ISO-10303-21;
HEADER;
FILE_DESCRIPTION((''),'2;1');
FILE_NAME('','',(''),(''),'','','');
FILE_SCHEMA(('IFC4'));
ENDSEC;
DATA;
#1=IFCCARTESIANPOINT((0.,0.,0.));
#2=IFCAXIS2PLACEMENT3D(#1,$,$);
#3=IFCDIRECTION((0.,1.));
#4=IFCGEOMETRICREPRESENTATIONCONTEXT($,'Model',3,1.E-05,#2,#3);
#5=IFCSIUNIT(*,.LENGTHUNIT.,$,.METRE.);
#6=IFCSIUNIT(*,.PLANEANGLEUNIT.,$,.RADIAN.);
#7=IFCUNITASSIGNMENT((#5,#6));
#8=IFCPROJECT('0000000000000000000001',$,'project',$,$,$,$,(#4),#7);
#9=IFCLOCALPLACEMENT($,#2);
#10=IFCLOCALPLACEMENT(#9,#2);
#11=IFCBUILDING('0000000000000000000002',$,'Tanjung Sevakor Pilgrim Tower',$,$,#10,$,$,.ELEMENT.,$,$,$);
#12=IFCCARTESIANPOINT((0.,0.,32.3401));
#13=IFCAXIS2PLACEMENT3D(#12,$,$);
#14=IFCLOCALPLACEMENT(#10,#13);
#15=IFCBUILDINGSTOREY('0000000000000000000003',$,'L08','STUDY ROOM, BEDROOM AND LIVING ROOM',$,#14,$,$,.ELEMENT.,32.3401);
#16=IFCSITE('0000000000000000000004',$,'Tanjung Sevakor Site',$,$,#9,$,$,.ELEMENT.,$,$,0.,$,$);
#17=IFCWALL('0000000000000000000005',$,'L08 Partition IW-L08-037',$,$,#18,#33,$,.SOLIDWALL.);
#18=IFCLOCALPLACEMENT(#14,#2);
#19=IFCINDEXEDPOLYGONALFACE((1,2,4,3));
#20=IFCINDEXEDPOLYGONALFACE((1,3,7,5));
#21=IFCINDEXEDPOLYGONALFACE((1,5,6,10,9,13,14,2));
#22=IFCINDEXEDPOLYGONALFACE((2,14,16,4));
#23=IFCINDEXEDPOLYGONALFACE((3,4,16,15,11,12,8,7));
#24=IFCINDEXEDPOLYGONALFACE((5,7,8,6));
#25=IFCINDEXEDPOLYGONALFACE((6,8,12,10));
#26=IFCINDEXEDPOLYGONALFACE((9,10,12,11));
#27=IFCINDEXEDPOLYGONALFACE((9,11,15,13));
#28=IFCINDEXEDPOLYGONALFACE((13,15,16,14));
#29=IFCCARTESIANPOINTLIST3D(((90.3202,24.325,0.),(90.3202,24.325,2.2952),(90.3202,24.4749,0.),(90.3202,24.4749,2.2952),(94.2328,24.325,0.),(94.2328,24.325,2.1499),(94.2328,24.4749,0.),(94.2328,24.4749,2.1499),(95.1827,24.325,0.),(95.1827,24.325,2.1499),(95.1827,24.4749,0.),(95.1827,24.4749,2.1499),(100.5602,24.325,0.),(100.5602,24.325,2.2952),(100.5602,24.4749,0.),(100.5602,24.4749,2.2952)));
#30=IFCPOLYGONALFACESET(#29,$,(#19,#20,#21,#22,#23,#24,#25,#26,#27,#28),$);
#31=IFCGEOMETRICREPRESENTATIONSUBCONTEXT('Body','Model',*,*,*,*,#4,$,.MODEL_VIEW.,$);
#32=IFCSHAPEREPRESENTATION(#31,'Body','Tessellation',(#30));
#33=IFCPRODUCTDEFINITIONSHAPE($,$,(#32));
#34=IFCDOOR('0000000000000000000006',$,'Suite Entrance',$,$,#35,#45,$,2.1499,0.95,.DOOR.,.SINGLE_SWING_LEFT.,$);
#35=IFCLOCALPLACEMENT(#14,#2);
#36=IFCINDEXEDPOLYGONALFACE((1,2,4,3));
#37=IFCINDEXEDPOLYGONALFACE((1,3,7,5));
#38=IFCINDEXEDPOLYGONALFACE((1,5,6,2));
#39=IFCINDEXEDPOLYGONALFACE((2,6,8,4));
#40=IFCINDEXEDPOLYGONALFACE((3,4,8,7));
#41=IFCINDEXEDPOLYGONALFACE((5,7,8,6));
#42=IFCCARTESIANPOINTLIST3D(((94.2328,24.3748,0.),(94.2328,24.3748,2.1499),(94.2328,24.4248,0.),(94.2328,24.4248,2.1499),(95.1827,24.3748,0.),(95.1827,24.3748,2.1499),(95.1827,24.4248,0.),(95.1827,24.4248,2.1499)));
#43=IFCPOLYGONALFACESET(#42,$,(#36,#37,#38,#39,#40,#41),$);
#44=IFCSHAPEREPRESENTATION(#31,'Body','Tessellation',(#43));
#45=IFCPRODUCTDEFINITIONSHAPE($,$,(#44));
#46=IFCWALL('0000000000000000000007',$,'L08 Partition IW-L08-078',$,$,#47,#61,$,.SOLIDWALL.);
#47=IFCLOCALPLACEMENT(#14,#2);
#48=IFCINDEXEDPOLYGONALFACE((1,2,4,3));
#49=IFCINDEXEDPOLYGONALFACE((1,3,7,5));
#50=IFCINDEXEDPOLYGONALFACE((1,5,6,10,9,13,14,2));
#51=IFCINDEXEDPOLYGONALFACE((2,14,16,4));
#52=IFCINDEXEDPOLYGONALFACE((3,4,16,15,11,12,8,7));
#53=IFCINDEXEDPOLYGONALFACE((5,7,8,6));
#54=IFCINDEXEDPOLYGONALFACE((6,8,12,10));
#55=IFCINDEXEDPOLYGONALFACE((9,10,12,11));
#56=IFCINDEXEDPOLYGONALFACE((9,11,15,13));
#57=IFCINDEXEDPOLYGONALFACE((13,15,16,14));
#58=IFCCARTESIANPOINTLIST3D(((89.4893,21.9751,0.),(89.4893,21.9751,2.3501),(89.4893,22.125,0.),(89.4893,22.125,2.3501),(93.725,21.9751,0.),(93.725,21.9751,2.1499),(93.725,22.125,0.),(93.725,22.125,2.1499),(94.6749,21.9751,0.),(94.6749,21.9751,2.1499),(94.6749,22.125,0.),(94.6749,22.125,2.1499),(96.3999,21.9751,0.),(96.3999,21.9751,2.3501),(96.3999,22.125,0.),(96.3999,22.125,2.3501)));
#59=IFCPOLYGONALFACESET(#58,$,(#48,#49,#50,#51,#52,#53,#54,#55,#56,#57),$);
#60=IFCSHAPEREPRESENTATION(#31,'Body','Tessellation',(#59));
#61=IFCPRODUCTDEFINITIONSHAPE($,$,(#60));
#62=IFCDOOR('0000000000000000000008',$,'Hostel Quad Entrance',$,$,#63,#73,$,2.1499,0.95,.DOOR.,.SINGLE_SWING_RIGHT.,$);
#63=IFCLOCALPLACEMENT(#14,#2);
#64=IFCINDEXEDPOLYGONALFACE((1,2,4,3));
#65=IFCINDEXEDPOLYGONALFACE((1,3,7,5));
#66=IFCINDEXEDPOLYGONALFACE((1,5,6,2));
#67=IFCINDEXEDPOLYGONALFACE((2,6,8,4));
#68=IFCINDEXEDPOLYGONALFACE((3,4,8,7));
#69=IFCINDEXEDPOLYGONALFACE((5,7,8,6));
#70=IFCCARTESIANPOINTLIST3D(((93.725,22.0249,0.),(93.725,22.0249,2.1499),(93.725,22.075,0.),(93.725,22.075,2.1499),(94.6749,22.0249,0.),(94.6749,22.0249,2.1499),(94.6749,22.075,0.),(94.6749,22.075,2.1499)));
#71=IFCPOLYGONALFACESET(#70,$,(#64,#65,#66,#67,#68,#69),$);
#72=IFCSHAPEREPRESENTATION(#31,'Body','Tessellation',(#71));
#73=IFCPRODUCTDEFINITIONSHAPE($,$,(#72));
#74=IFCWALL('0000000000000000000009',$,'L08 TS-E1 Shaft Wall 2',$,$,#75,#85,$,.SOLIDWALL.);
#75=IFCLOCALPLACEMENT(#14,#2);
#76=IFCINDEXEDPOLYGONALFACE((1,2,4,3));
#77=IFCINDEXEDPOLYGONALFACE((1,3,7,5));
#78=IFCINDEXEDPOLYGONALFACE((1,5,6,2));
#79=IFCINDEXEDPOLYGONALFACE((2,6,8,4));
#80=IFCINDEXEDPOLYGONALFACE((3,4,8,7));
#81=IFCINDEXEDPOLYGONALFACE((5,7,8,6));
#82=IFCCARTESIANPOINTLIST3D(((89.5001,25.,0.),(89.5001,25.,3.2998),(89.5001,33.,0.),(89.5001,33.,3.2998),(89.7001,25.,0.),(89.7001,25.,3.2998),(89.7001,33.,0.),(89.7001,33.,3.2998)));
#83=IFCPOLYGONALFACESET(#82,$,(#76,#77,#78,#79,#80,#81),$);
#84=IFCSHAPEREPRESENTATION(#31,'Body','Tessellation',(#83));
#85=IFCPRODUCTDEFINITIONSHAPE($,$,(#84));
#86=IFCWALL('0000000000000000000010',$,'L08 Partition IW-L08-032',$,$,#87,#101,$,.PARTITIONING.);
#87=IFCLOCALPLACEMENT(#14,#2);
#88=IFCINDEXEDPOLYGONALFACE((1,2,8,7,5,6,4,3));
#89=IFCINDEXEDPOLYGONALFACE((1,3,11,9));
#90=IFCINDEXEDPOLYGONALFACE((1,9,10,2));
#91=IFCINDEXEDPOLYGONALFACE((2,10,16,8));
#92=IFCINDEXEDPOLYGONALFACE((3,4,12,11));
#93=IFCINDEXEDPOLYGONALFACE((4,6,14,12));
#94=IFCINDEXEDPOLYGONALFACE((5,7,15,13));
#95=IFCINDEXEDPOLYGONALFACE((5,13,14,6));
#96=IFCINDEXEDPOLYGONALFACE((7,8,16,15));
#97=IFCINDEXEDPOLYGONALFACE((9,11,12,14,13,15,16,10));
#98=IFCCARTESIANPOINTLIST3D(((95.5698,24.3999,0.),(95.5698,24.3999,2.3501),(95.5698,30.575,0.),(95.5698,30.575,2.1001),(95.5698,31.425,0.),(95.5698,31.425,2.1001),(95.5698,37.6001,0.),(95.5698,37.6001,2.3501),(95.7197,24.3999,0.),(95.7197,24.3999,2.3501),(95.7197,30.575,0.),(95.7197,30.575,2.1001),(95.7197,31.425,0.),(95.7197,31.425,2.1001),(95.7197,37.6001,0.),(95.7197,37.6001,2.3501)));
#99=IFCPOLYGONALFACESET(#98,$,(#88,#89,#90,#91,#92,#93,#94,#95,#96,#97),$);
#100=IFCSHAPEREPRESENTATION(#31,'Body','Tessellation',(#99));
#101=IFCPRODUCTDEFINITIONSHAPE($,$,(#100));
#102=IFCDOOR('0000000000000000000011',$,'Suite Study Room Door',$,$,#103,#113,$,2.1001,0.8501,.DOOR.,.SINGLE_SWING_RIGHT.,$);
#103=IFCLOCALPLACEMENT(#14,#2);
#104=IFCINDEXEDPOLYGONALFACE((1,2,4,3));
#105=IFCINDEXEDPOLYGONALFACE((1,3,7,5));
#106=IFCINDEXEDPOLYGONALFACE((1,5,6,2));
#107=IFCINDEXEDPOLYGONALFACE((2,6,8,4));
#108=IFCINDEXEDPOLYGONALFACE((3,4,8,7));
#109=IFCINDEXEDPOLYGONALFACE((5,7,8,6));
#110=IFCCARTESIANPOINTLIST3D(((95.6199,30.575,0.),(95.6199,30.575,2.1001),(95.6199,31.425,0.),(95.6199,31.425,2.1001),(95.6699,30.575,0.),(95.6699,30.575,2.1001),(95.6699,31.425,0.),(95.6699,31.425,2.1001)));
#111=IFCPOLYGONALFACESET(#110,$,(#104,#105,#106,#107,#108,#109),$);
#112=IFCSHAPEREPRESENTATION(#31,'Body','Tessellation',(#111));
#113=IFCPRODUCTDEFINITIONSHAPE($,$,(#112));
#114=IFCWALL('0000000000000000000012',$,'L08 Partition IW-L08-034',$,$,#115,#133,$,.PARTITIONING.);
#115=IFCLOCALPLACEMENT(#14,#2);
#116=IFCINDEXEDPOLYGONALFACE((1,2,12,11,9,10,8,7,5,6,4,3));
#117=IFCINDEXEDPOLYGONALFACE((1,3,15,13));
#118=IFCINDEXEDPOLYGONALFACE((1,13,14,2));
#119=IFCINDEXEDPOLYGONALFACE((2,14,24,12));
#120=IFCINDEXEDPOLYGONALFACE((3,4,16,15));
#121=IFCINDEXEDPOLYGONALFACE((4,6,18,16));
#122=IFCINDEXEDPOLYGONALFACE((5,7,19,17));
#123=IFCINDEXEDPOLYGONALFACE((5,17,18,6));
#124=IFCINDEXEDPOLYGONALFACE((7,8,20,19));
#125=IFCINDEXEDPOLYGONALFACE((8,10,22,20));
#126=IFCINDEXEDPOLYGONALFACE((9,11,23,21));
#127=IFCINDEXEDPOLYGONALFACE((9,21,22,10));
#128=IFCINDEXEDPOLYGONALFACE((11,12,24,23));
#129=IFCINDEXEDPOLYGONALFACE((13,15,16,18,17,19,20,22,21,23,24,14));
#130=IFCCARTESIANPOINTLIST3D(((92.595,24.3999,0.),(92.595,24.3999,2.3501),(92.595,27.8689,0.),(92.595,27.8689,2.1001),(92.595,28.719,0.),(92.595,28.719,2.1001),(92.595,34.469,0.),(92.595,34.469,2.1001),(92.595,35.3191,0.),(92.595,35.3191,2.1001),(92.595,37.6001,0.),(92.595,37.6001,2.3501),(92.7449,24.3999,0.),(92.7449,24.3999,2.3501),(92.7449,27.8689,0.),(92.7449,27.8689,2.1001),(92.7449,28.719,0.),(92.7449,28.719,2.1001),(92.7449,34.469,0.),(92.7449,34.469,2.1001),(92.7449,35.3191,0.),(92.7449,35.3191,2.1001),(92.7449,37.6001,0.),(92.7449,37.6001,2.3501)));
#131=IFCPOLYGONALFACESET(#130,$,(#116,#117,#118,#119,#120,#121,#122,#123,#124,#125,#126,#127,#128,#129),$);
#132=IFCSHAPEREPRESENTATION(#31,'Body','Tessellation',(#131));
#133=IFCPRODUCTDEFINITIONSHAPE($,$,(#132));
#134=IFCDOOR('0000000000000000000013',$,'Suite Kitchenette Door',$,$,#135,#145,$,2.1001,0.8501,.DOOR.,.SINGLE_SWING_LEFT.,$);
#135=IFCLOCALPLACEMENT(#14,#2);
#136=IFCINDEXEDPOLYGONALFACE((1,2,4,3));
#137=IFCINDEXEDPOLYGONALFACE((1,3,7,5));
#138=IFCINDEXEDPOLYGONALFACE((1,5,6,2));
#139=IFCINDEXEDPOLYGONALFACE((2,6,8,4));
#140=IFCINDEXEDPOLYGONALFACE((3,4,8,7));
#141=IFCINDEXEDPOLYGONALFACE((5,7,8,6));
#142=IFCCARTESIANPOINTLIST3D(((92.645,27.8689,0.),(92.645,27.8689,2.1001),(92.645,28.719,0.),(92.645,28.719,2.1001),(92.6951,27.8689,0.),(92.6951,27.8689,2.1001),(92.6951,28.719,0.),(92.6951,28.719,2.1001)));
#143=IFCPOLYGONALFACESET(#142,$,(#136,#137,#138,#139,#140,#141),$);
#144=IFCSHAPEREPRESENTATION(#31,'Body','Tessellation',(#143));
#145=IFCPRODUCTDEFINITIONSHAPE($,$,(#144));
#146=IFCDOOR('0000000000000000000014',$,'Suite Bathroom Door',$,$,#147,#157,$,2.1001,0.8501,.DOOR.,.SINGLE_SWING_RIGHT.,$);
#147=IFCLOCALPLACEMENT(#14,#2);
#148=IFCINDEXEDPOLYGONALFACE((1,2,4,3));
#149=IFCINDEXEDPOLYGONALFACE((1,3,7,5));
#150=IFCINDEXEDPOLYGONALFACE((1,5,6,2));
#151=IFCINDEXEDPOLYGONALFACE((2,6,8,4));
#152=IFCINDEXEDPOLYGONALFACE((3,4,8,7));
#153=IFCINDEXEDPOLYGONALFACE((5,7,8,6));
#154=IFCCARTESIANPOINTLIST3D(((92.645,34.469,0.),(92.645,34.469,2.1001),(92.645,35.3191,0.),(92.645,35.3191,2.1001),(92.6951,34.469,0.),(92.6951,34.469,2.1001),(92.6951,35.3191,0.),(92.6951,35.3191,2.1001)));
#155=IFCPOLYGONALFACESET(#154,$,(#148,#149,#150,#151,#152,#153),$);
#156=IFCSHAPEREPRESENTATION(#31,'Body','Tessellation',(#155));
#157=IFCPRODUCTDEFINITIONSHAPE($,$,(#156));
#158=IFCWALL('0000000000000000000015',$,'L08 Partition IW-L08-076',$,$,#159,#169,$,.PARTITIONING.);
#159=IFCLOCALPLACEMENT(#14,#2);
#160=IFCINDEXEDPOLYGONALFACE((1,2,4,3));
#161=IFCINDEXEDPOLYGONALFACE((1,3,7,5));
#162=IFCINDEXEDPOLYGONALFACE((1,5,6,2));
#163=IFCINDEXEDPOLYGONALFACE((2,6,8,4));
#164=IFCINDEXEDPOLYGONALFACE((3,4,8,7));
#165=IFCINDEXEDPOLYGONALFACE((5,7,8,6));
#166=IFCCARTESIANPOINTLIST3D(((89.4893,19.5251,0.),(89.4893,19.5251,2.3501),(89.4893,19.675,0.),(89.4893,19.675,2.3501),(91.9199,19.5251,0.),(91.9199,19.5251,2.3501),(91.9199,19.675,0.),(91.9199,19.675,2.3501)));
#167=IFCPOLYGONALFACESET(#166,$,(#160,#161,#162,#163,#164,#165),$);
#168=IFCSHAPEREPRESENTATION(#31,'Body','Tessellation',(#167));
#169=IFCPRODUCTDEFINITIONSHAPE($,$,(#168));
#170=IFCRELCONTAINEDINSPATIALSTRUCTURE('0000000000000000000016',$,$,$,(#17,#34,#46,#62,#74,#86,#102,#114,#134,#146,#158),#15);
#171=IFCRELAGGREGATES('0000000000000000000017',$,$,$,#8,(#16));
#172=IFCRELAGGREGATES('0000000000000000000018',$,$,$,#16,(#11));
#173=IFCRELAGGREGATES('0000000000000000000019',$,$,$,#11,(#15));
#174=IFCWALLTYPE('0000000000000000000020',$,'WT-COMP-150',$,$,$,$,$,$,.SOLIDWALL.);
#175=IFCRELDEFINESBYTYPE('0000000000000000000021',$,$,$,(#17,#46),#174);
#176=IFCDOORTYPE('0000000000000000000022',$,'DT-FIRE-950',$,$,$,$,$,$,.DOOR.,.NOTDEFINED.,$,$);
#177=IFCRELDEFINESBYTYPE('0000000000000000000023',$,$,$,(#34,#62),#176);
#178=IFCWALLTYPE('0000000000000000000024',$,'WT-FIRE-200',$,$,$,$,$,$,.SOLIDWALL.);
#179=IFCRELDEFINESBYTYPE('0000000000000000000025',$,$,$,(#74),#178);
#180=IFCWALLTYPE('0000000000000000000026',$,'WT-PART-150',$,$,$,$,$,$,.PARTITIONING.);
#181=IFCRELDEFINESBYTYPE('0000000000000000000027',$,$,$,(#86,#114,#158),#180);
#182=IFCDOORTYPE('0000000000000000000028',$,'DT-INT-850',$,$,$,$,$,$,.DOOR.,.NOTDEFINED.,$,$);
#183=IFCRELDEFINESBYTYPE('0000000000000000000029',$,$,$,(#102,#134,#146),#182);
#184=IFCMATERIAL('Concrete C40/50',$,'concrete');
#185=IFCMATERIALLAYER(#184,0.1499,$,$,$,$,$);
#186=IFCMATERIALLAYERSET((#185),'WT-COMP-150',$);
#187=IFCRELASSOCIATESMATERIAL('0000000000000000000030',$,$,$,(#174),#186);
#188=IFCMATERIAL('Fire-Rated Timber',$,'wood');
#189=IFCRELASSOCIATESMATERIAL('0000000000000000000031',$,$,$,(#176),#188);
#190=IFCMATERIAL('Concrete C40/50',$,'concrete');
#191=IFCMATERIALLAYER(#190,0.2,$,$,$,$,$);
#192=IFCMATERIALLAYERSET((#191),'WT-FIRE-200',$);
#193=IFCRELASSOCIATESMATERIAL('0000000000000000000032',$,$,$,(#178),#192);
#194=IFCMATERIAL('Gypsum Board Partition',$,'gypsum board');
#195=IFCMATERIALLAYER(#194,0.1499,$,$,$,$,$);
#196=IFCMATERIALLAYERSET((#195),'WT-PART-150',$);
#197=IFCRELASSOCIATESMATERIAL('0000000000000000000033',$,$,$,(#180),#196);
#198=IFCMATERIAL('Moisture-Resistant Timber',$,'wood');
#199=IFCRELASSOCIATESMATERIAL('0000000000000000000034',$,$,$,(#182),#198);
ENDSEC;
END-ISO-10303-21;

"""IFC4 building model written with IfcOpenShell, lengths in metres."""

from ifc_helpers import new_model, si_unit, direction, frame, frame_2d, origin, place, context, subcontext, project, spatial, rectangle, extrude, material, layer, layer_set, type_object, element, fill, save


model = new_model("IFC4")

# Units and contexts
model_context = context("Model", 3, precision=1e-05, world=origin(), true_north=direction((0.0, 1.0)))
body_context = subcontext(model_context, "Body", "Model", "MODEL_VIEW")
ifc_project = project(units=[si_unit("LENGTHUNIT", "METRE"), si_unit("PLANEANGLEUNIT", "RADIAN")], contexts=[model_context])

# Site, building, storey
site_placement = place(None, origin())
site = spatial("IfcSite", under=ifc_project, at=site_placement, Name="Tanjung Sevakor Site", CompositionType="ELEMENT", RefElevation=0.0)
building_placement = place(site_placement, origin())
building = spatial("IfcBuilding", under=site, at=building_placement, Name="Tanjung Sevakor Pilgrim Tower", CompositionType="ELEMENT")
storey_placement = place(building_placement, frame((0.0, 0.0, 32.3401)))
storey = spatial("IfcBuildingStorey", under=building, at=storey_placement, Name="L08", Description="STUDY ROOM, BEDROOM AND LIVING ROOM", CompositionType="ELEMENT", Elevation=32.3401)

# Walls, openings, doors
ifc_material_1 = material(Name="Concrete C40/50", Category="concrete")
ifc_layer_1 = layer(ifc_material_1, 0.1499)
ifc_layer_set_1 = layer_set([ifc_layer_1], Name="WT-COMP-150")
wall_type_1 = type_object("IfcWallType", Name="WT-COMP-150", PredefinedType="SOLIDWALL", material=ifc_layer_set_1)
wall_1_placement = place(storey_placement, frame((90.3201, 24.3999, 0.0), z_axis=(0.0, 0.0, 1.0), x_axis=(1.0, 0.0, 0.0)))
wall_1 = element("IfcWall", 1, at=wall_1_placement, inside=storey, type_object=wall_type_1, Name="L08 Partition IW-L08-037", PredefinedType="SOLIDWALL", context=body_context, shape_type="SweptSolid", body=[
    extrude(rectangle(XDim=10.24, YDim=0.1499, at=frame_2d((5.1201, 0.0))), origin(), (0.0, 0.0, 1.0), 2.2952),
])
opening_1_placement = place(wall_1_placement, frame((3.9126, 0.0, 0.0)))
opening_1 = element("IfcOpeningElement", 2, at=opening_1_placement, cuts=wall_1, PredefinedType="OPENING", context=body_context, shape_type="SweptSolid", body=[
    extrude(rectangle(XDim=0.95, YDim=2.1499, at=frame_2d((0.4751, 1.075))), frame((0.0, 0.085, 0.0), z_axis=(0.0, -1.0, 0.0), x_axis=(1.0, 0.0, 0.0)), (0.0, 0.0, 1.0), 0.1699),
])
ifc_material_2 = material(Name="Fire-Rated Timber", Category="wood")
door_type_1 = type_object("IfcDoorType", Name="DT-FIRE-950", OperationType="NOTDEFINED", PredefinedType="DOOR", material=ifc_material_2)
door_1_placement = place(opening_1_placement, origin())
door_1 = element("IfcDoor", 3, at=door_1_placement, inside=storey, type_object=door_type_1, Name="Suite Entrance", OperationType="SINGLE_SWING_LEFT", OverallHeight=2.1499, OverallWidth=0.95, PredefinedType="DOOR", context=body_context, shape_type="SweptSolid", body=[
    extrude(rectangle(XDim=0.95, YDim=2.1499, at=frame_2d((0.4751, 1.075))), frame((0.0, 0.0249, 0.0), z_axis=(0.0, -1.0, 0.0), x_axis=(1.0, 0.0, 0.0)), (0.0, 0.0, 1.0), 0.05),
])
fill(opening_1, door_1)
wall_2_placement = place(storey_placement, frame((89.4893, 22.05, 0.0), z_axis=(0.0, 0.0, 1.0), x_axis=(1.0, 0.0, 0.0)))
wall_2 = element("IfcWall", 4, at=wall_2_placement, inside=storey, type_object=wall_type_1, Name="L08 Partition IW-L08-078", PredefinedType="SOLIDWALL", context=body_context, shape_type="SweptSolid", body=[
    extrude(rectangle(XDim=6.9106, YDim=0.1499, at=frame_2d((3.4553, 0.0))), origin(), (0.0, 0.0, 1.0), 2.3501),
])
opening_2_placement = place(wall_2_placement, frame((4.2356, 0.0, 0.0)))
opening_2 = element("IfcOpeningElement", 5, at=opening_2_placement, cuts=wall_2, PredefinedType="OPENING", context=body_context, shape_type="SweptSolid", body=[
    extrude(rectangle(XDim=0.95, YDim=2.1499, at=frame_2d((0.4751, 1.075))), frame((0.0, 0.085, 0.0), z_axis=(0.0, -1.0, 0.0), x_axis=(1.0, 0.0, 0.0)), (0.0, 0.0, 1.0), 0.1699),
])
door_2_placement = place(opening_2_placement, origin())
door_2 = element("IfcDoor", 6, at=door_2_placement, inside=storey, type_object=door_type_1, Name="Hostel Quad Entrance", OperationType="SINGLE_SWING_RIGHT", OverallHeight=2.1499, OverallWidth=0.95, PredefinedType="DOOR", context=body_context, shape_type="SweptSolid", body=[
    extrude(rectangle(XDim=0.95, YDim=2.1499, at=frame_2d((0.4751, 1.075))), frame((0.0, 0.0249, 0.0), z_axis=(0.0, -1.0, 0.0), x_axis=(1.0, 0.0, 0.0)), (0.0, 0.0, 1.0), 0.05),
])
fill(opening_2, door_2)

# Wall
ifc_material_3 = material(Name="Concrete C40/50", Category="concrete")
ifc_layer_2 = layer(ifc_material_3, 0.2)
ifc_layer_set_2 = layer_set([ifc_layer_2], Name="WT-FIRE-200")
wall_type_2 = type_object("IfcWallType", Name="WT-FIRE-200", PredefinedType="SOLIDWALL", material=ifc_layer_set_2)
wall_3_placement = place(storey_placement, frame((89.6001, 25.0, 0.0), z_axis=(0.0, 0.0, 1.0), x_axis=(0.0, 1.0, 0.0)))
element("IfcWall", 7, at=wall_3_placement, inside=storey, type_object=wall_type_2, Name="L08 TS-E1 Shaft Wall 2", PredefinedType="SOLIDWALL", context=body_context, shape_type="SweptSolid", body=[
    extrude(rectangle(XDim=8.0, YDim=0.2, at=frame_2d((4.0, 0.0))), origin(), (0.0, 0.0, 1.0), 3.2998),
])

# Wall, opening, door
ifc_material_4 = material(Name="Gypsum Board Partition", Category="gypsum board")
ifc_layer_3 = layer(ifc_material_4, 0.1499)
ifc_layer_set_3 = layer_set([ifc_layer_3], Name="WT-PART-150")
wall_type_3 = type_object("IfcWallType", Name="WT-PART-150", PredefinedType="PARTITIONING", material=ifc_layer_set_3)
wall_4_placement = place(storey_placement, frame((95.6448, 24.3999, 0.0), z_axis=(0.0, 0.0, 1.0), x_axis=(0.0, 1.0, 0.0)))
wall_4 = element("IfcWall", 8, at=wall_4_placement, inside=storey, type_object=wall_type_3, Name="L08 Partition IW-L08-032", PredefinedType="PARTITIONING", context=body_context, shape_type="SweptSolid", body=[
    extrude(rectangle(XDim=13.2002, YDim=0.1499, at=frame_2d((6.6001, 0.0))), origin(), (0.0, 0.0, 1.0), 2.3501),
])
opening_3_placement = place(wall_4_placement, frame((6.175, 0.0, 0.0)))
opening_3 = element("IfcOpeningElement", 9, at=opening_3_placement, cuts=wall_4, PredefinedType="OPENING", context=body_context, shape_type="SweptSolid", body=[
    extrude(rectangle(XDim=0.8501, YDim=2.1001, at=frame_2d((0.425, 1.05))), frame((0.0, 0.085, 0.0), z_axis=(0.0, -1.0, 0.0), x_axis=(1.0, 0.0, 0.0)), (0.0, 0.0, 1.0), 0.1699),
])
ifc_material_5 = material(Name="Moisture-Resistant Timber", Category="wood")
door_type_2 = type_object("IfcDoorType", Name="DT-INT-850", OperationType="NOTDEFINED", PredefinedType="DOOR", material=ifc_material_5)
door_3_placement = place(opening_3_placement, origin())
door_3 = element("IfcDoor", 10, at=door_3_placement, inside=storey, type_object=door_type_2, Name="Suite Study Room Door", OperationType="SINGLE_SWING_RIGHT", OverallHeight=2.1001, OverallWidth=0.8501, PredefinedType="DOOR", context=body_context, shape_type="SweptSolid", body=[
    extrude(rectangle(XDim=0.8501, YDim=2.1001, at=frame_2d((0.425, 1.05))), frame((0.0, 0.0249, 0.0), z_axis=(0.0, -1.0, 0.0), x_axis=(1.0, 0.0, 0.0)), (0.0, 0.0, 1.0), 0.05),
])
fill(opening_3, door_3)

# Wall, openings, doors
wall_5_placement = place(storey_placement, frame((92.6699, 24.3999, 0.0), z_axis=(0.0, 0.0, 1.0), x_axis=(0.0, 1.0, 0.0)))
wall_5 = element("IfcWall", 11, at=wall_5_placement, inside=storey, type_object=wall_type_3, Name="L08 Partition IW-L08-034", PredefinedType="PARTITIONING", context=body_context, shape_type="SweptSolid", body=[
    extrude(rectangle(XDim=13.2002, YDim=0.1499, at=frame_2d((6.6001, 0.0))), origin(), (0.0, 0.0, 1.0), 2.3501),
])
opening_4_placement = place(wall_5_placement, frame((3.469, 0.0, 0.0)))
opening_4 = element("IfcOpeningElement", 12, at=opening_4_placement, cuts=wall_5, PredefinedType="OPENING", context=body_context, shape_type="SweptSolid", body=[
    extrude(rectangle(XDim=0.8501, YDim=2.1001, at=frame_2d((0.425, 1.05))), frame((0.0, 0.085, 0.0), z_axis=(0.0, -1.0, 0.0), x_axis=(1.0, 0.0, 0.0)), (0.0, 0.0, 1.0), 0.1699),
])
opening_5_placement = place(wall_5_placement, frame((10.0691, 0.0, 0.0)))
opening_5 = element("IfcOpeningElement", 13, at=opening_5_placement, cuts=wall_5, PredefinedType="OPENING", context=body_context, shape_type="SweptSolid", body=[
    extrude(rectangle(XDim=0.8501, YDim=2.1001, at=frame_2d((0.425, 1.05))), frame((0.0, 0.085, 0.0), z_axis=(0.0, -1.0, 0.0), x_axis=(1.0, 0.0, 0.0)), (0.0, 0.0, 1.0), 0.1699),
])
door_4_placement = place(opening_4_placement, origin())
door_4 = element("IfcDoor", 14, at=door_4_placement, inside=storey, type_object=door_type_2, Name="Suite Kitchenette Door", OperationType="SINGLE_SWING_LEFT", OverallHeight=2.1001, OverallWidth=0.8501, PredefinedType="DOOR", context=body_context, shape_type="SweptSolid", body=[
    extrude(rectangle(XDim=0.8501, YDim=2.1001, at=frame_2d((0.425, 1.05))), frame((0.0, 0.0249, 0.0), z_axis=(0.0, -1.0, 0.0), x_axis=(1.0, 0.0, 0.0)), (0.0, 0.0, 1.0), 0.05),
])
fill(opening_4, door_4)
door_5_placement = place(opening_5_placement, origin())
door_5 = element("IfcDoor", 15, at=door_5_placement, inside=storey, type_object=door_type_2, Name="Suite Bathroom Door", OperationType="SINGLE_SWING_RIGHT", OverallHeight=2.1001, OverallWidth=0.8501, PredefinedType="DOOR", context=body_context, shape_type="SweptSolid", body=[
    extrude(rectangle(XDim=0.8501, YDim=2.1001, at=frame_2d((0.425, 1.05))), frame((0.0, 0.0249, 0.0), z_axis=(0.0, -1.0, 0.0), x_axis=(1.0, 0.0, 0.0)), (0.0, 0.0, 1.0), 0.05),
])
fill(opening_5, door_5)

# Wall
wall_6_placement = place(storey_placement, frame((89.4893, 19.6001, 0.0), z_axis=(0.0, 0.0, 1.0), x_axis=(1.0, 0.0, 0.0)))
element("IfcWall", 16, at=wall_6_placement, inside=storey, type_object=wall_type_3, Name="L08 Partition IW-L08-076", PredefinedType="PARTITIONING", context=body_context, shape_type="SweptSolid", body=[
    extrude(rectangle(XDim=2.4307, YDim=0.1499, at=frame_2d((1.2153, 0.0))), origin(), (0.0, 0.0, 1.0), 2.3501),
])

save(model, "model.ifc")
